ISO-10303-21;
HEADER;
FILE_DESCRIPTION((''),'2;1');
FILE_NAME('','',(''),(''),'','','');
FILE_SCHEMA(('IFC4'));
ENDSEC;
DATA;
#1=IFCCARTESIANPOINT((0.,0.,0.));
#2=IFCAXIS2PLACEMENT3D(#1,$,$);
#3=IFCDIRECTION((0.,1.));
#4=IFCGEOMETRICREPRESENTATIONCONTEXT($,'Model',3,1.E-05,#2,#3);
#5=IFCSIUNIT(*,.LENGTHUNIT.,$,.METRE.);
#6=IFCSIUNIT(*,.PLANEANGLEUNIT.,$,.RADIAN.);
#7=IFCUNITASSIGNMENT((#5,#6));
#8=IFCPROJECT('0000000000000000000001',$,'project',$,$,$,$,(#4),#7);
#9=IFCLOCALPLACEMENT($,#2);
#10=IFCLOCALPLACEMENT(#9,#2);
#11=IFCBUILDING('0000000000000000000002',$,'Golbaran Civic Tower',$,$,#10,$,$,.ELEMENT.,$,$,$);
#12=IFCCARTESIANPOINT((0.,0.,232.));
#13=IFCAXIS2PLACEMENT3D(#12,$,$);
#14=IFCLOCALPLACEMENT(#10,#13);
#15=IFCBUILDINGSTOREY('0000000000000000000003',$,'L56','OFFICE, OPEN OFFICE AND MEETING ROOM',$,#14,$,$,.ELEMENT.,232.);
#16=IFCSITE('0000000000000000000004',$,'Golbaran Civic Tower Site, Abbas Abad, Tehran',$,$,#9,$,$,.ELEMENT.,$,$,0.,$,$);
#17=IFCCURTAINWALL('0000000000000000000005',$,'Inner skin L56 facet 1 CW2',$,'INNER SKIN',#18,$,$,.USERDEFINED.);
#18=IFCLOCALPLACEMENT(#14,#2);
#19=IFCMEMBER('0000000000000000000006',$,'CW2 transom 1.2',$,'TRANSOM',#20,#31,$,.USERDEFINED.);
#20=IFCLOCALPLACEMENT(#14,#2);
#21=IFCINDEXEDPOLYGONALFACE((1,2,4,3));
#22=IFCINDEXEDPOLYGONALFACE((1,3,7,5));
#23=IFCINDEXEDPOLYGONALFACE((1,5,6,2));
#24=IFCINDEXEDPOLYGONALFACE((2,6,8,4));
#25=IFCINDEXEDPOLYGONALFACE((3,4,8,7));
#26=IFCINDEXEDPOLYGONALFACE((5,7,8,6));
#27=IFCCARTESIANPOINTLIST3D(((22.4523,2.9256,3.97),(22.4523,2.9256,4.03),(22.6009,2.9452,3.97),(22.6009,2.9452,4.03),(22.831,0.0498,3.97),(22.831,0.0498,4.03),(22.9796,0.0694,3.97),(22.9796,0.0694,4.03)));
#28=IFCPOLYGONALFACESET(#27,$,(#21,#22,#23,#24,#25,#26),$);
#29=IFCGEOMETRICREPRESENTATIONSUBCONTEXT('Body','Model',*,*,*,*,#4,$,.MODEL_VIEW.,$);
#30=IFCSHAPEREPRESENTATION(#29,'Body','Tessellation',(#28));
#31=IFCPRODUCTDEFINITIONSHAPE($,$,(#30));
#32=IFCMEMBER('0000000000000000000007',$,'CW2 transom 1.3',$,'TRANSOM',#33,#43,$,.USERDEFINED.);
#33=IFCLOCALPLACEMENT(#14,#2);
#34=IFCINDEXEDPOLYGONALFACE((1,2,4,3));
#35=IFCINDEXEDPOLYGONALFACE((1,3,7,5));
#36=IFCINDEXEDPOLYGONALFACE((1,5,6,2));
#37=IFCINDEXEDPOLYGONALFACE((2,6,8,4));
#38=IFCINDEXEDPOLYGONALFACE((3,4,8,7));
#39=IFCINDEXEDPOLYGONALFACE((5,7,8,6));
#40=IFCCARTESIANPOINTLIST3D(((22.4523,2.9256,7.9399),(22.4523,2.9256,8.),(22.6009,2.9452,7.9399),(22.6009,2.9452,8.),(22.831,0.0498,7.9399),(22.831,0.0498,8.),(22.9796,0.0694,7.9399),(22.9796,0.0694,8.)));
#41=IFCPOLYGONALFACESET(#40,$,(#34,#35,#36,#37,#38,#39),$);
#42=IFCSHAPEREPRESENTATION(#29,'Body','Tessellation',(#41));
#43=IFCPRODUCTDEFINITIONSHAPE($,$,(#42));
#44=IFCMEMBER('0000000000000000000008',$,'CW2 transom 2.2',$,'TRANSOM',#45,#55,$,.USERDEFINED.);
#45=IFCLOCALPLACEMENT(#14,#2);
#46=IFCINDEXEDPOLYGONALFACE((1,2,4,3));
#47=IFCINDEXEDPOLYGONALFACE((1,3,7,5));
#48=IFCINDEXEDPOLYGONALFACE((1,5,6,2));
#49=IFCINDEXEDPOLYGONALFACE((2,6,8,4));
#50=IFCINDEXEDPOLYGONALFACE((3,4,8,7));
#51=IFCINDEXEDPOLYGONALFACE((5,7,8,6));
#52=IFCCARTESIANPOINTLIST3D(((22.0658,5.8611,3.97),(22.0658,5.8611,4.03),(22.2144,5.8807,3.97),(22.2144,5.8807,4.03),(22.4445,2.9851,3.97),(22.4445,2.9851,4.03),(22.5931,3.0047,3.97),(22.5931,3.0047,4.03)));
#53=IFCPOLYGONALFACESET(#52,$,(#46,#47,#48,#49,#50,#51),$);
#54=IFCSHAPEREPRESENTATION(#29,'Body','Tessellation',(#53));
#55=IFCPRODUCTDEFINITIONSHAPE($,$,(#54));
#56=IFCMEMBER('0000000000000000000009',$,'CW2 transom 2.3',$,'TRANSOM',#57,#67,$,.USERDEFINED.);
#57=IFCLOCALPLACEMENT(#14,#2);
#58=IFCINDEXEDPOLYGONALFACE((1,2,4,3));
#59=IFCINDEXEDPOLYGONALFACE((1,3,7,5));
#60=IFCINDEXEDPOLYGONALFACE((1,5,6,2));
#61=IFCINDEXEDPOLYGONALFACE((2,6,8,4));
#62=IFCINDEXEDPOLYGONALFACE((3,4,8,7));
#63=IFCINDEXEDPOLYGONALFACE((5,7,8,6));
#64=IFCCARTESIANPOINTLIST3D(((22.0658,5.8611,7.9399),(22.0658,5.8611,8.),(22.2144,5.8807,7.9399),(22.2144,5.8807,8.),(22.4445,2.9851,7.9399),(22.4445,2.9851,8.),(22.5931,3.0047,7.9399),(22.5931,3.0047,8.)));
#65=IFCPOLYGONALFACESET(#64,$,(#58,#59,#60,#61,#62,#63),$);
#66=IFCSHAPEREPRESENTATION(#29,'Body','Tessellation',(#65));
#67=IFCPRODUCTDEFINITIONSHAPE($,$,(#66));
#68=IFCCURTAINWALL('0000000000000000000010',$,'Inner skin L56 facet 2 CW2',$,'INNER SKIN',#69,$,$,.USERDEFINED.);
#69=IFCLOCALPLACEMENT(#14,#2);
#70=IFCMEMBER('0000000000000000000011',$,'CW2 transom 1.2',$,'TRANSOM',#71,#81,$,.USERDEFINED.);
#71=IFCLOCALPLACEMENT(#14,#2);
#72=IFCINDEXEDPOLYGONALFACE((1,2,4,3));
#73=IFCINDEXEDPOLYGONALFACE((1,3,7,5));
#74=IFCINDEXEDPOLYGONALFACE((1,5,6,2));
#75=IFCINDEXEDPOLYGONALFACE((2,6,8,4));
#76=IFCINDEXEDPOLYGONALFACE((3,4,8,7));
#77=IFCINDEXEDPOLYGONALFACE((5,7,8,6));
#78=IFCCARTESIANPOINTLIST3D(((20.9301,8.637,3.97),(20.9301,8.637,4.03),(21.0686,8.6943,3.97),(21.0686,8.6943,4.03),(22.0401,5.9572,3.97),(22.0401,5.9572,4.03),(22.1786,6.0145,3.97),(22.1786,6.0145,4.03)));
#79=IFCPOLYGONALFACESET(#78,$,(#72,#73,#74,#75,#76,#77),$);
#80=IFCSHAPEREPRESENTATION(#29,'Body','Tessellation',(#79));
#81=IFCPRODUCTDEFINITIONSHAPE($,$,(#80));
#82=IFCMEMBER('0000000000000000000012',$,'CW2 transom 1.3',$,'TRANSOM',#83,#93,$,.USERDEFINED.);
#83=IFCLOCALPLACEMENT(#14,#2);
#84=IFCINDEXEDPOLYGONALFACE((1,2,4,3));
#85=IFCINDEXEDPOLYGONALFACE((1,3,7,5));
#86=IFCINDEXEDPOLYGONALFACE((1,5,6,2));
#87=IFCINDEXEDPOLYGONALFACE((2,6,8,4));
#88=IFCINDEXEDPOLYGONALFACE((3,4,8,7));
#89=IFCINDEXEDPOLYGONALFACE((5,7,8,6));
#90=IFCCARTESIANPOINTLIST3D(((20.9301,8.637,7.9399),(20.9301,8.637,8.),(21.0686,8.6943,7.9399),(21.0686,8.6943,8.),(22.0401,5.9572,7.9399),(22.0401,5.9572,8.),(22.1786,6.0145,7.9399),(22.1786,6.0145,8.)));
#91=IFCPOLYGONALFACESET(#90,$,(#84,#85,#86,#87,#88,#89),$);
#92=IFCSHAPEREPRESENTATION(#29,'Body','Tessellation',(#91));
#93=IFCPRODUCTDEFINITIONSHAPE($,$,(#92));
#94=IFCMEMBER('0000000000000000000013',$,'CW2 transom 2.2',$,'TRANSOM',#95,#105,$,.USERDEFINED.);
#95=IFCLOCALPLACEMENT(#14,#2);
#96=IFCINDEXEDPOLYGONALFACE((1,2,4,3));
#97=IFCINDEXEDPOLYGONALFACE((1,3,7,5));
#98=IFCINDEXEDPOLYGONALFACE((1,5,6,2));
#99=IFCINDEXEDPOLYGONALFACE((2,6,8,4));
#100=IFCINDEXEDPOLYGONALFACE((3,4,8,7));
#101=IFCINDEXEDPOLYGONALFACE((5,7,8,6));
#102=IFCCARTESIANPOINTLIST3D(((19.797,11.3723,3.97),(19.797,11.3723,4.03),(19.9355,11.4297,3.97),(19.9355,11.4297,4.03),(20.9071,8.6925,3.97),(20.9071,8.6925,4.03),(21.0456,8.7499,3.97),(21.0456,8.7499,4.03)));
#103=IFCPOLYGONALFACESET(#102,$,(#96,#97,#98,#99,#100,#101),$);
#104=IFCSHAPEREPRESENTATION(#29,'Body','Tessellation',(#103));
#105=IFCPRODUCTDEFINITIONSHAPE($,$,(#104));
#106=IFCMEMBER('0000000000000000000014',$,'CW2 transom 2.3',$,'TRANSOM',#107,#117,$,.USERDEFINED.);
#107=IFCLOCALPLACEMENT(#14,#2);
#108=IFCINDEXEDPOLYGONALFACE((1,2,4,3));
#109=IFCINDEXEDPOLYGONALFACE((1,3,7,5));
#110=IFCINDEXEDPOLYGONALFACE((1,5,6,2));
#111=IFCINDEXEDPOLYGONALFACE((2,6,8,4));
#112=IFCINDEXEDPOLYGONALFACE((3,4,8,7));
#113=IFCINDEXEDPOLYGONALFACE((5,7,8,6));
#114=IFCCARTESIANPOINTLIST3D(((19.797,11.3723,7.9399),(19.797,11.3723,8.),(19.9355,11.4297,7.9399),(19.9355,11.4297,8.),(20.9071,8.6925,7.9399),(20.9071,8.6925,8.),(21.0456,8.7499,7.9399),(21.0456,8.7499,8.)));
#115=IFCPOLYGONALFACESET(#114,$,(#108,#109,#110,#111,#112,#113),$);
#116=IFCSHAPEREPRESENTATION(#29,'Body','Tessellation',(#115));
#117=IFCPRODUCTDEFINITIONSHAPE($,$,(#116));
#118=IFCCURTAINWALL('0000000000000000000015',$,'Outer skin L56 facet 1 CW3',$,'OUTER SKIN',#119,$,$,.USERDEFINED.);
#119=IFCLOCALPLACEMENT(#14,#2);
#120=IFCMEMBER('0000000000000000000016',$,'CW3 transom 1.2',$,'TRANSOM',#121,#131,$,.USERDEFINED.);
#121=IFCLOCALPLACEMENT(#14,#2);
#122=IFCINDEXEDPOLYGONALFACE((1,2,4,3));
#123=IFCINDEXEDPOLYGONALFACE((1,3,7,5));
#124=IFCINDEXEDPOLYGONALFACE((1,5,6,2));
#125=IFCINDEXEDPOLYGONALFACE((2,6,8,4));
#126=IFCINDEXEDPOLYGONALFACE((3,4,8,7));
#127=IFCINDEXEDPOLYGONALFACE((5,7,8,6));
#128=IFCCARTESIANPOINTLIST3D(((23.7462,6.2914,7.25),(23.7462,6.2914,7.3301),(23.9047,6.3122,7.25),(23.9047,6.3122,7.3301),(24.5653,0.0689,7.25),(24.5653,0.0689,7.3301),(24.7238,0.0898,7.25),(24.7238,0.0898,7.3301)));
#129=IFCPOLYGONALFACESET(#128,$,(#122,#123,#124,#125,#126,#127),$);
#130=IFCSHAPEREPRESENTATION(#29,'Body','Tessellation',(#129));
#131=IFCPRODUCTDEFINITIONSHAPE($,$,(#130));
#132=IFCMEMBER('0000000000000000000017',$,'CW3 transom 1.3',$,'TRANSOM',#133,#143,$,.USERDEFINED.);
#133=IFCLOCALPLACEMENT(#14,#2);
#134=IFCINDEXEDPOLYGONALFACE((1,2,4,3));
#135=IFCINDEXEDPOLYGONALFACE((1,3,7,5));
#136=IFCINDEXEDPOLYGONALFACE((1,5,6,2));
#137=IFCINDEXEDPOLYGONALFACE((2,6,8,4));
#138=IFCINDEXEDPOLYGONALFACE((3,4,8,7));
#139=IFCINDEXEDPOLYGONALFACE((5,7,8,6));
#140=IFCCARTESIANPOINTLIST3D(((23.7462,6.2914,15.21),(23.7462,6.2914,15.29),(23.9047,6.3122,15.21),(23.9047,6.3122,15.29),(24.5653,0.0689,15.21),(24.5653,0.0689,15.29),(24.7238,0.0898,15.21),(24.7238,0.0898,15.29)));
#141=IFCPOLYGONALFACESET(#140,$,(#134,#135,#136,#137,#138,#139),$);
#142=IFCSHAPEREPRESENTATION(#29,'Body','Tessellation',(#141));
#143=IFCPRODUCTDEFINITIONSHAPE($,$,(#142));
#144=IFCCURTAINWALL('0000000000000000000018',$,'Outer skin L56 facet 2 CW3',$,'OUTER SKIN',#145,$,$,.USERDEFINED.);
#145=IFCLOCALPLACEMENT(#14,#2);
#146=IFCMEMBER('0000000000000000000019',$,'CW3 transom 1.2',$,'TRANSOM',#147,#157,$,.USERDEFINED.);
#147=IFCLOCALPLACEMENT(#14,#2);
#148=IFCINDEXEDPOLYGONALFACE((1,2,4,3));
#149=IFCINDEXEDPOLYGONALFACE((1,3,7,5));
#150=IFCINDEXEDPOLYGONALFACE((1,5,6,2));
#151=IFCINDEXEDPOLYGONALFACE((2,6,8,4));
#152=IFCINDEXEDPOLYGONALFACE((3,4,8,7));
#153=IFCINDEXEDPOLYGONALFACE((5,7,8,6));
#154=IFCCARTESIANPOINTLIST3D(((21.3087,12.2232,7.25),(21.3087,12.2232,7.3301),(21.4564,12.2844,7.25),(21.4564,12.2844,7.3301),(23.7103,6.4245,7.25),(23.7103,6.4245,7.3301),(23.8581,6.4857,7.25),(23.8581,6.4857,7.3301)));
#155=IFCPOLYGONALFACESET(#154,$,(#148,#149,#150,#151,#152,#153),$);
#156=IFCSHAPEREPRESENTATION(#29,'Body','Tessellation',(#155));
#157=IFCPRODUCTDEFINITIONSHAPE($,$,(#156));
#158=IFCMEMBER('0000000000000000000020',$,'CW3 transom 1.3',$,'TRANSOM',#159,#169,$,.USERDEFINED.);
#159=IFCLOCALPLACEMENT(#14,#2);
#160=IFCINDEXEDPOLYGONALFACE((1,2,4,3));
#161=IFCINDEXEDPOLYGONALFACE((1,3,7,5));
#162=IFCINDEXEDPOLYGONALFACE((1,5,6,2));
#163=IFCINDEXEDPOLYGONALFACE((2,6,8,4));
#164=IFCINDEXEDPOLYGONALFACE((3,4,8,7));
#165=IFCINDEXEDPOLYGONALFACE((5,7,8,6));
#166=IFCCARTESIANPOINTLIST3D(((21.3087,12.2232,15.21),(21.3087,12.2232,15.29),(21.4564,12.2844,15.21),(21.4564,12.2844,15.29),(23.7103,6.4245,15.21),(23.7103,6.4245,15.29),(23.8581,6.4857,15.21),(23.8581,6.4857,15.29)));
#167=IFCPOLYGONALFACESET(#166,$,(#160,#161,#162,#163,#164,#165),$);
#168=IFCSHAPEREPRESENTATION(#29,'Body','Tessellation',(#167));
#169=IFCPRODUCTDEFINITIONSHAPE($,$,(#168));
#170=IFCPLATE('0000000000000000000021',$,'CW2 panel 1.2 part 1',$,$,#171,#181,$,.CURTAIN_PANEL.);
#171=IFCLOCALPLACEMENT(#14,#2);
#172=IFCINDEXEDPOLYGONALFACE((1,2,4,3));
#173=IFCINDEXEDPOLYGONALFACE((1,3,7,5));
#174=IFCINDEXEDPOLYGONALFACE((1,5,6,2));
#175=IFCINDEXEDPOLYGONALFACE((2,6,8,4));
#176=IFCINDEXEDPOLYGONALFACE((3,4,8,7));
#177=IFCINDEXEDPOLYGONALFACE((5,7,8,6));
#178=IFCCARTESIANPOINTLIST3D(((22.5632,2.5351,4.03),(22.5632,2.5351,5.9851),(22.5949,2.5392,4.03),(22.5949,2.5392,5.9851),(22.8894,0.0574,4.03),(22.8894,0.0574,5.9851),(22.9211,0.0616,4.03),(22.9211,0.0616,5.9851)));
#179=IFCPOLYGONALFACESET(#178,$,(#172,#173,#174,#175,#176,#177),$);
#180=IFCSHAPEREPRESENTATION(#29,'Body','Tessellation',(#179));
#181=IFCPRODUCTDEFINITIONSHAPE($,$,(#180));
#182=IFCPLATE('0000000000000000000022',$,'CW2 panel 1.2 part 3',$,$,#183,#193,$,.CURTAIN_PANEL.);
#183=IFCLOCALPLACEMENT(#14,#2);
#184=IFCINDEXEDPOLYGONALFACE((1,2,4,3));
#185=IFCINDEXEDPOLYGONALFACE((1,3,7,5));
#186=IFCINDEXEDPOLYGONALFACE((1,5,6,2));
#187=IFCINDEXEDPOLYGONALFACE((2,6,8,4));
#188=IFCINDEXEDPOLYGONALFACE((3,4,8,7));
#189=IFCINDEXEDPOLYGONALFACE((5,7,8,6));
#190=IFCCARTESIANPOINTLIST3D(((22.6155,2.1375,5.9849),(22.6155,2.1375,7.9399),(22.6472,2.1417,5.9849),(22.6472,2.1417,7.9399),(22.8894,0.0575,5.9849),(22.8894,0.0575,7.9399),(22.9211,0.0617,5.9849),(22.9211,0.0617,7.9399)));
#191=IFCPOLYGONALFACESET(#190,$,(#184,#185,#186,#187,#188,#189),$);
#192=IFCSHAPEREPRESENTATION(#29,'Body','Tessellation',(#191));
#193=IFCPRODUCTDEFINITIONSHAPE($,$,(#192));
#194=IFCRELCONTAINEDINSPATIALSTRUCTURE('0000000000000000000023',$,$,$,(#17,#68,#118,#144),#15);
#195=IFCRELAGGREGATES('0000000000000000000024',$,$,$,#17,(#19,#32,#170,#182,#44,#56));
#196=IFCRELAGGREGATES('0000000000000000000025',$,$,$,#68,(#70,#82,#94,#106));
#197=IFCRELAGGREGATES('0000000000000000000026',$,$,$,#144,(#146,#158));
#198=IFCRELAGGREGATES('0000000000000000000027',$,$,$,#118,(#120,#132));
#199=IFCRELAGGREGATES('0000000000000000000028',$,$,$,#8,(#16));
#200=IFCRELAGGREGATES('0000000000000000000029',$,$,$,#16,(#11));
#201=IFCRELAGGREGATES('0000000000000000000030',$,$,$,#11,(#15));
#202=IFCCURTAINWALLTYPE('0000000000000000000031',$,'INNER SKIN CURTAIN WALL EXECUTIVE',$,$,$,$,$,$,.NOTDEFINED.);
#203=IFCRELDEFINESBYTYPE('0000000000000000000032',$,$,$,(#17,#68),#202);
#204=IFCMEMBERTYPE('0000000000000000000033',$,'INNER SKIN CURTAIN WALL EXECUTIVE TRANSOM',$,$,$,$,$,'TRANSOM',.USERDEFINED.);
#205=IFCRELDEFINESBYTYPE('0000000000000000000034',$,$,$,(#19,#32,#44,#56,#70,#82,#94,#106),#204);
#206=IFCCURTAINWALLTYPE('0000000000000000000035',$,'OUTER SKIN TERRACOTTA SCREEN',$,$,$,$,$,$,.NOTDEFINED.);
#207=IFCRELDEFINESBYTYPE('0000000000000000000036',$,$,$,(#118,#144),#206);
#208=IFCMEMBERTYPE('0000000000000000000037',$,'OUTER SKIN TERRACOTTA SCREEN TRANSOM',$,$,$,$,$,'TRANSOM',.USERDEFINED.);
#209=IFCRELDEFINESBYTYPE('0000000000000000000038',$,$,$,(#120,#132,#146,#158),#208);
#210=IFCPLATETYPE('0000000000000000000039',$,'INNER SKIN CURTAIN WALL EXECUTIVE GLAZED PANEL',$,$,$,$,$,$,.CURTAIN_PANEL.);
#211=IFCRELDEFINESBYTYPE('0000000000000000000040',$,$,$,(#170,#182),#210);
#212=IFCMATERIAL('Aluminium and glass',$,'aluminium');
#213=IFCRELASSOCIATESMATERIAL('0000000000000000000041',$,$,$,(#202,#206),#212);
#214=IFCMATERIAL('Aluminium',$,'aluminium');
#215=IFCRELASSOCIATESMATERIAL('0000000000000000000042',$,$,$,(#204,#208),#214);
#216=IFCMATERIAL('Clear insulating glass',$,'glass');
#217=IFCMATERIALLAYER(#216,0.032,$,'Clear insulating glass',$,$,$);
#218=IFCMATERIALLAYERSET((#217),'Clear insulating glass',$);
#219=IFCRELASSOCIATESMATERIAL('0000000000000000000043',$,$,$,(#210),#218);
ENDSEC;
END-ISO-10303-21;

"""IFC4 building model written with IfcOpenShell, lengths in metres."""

from ifc_helpers import new_model, si_unit, direction, frame, origin, origin_2d, place, context, subcontext, project, spatial, rectangle, extrude, material, layer, layer_set, material_profile, profile_set, type_object, element, aggregate, save


model = new_model("IFC4")

# Units and contexts
model_context = context("Model", 3, precision=1e-05, world=origin(), true_north=direction((0.0, 1.0)))
body_context = subcontext(model_context, "Body", "Model", "MODEL_VIEW")
ifc_project = project(units=[si_unit("LENGTHUNIT", "METRE"), si_unit("PLANEANGLEUNIT", "RADIAN")], contexts=[model_context])

# Site, building, storey
site_placement = place(None, origin())
site = spatial("IfcSite", under=ifc_project, at=site_placement, Name="Golbaran Civic Tower Site, Abbas Abad, Tehran", CompositionType="ELEMENT", RefElevation=0.0)
building_placement = place(site_placement, origin())
building = spatial("IfcBuilding", under=site, at=building_placement, Name="Golbaran Civic Tower", CompositionType="ELEMENT")
storey_placement = place(building_placement, frame((0.0, 0.0, 232.0)))
storey = spatial("IfcBuildingStorey", under=building, at=storey_placement, Name="L56", Description="OFFICE, OPEN OFFICE AND MEETING ROOM", CompositionType="ELEMENT", Elevation=232.0)

# Curtain walls, members
ifc_material_1 = material(Name="Aluminium and glass", Category="aluminium")
curtain_wall_type_1 = type_object("IfcCurtainWallType", Name="INNER SKIN CURTAIN WALL EXECUTIVE", PredefinedType="NOTDEFINED", material=ifc_material_1)
curtain_wall_1_placement = place(storey_placement, origin())
curtain_wall_1 = element("IfcCurtainWall", 1, at=curtain_wall_1_placement, inside=storey, type_object=curtain_wall_type_1, Name="Inner skin L56 facet 1 CW2", ObjectType="INNER SKIN", PredefinedType="USERDEFINED")
ifc_material_2 = material(Name="Aluminium", Category="aluminium")
ifc_material_profile_1 = material_profile(ifc_material_2, rectangle(XDim=0.1499, YDim=0.0601, at=origin_2d()), Name="INNER SKIN CURTAIN WALL EXECUTIVE TRANSOM")
ifc_profile_set_1 = profile_set([ifc_material_profile_1], Name="Aluminium")
member_type_1 = type_object("IfcMemberType", Name="INNER SKIN CURTAIN WALL EXECUTIVE TRANSOM", ElementType="TRANSOM", PredefinedType="USERDEFINED", material=ifc_profile_set_1)
member_1_placement = place(storey_placement, frame((22.9053, 0.0596, 4.0), z_axis=(-0.130548, 0.991442, 0.0), x_axis=(-0.991442, -0.130548, 0.0)))
member_1 = element("IfcMember", 2, at=member_1_placement, type_object=member_type_1, Name="CW2 transom 1.2", ObjectType="TRANSOM", PredefinedType="USERDEFINED", context=body_context, shape_type="SweptSolid", body=[
    extrude(rectangle(XDim=0.1499, YDim=0.0601, at=origin_2d()), origin(), (0.0, 0.0, 1.0), 2.9006),
])
member_2_placement = place(storey_placement, frame((22.9053, 0.0596, 7.97), z_axis=(-0.130548, 0.991442, 0.0), x_axis=(-0.991442, -0.130548, 0.0)))
member_2 = element("IfcMember", 3, at=member_2_placement, type_object=member_type_1, Name="CW2 transom 1.3", ObjectType="TRANSOM", PredefinedType="USERDEFINED", context=body_context, shape_type="SweptSolid", body=[
    extrude(rectangle(XDim=0.1499, YDim=0.0601, at=origin_2d()), origin(), (0.0, 0.0, 1.0), 2.9006),
])
member_3_placement = place(storey_placement, frame((22.5188, 2.9949, 4.0), z_axis=(-0.130537, 0.991443, 0.0), x_axis=(-0.991443, -0.130537, 0.0)))
member_3 = element("IfcMember", 4, at=member_3_placement, type_object=member_type_1, Name="CW2 transom 2.2", ObjectType="TRANSOM", PredefinedType="USERDEFINED", context=body_context, shape_type="SweptSolid", body=[
    extrude(rectangle(XDim=0.1499, YDim=0.0601, at=origin_2d()), origin(), (0.0, 0.0, 1.0), 2.9009),
])
member_4_placement = place(storey_placement, frame((22.5188, 2.9949, 7.97), z_axis=(-0.130537, 0.991443, 0.0), x_axis=(-0.991443, -0.130537, 0.0)))
member_4 = element("IfcMember", 5, at=member_4_placement, type_object=member_type_1, Name="CW2 transom 2.3", ObjectType="TRANSOM", PredefinedType="USERDEFINED", context=body_context, shape_type="SweptSolid", body=[
    extrude(rectangle(XDim=0.1499, YDim=0.0601, at=origin_2d()), origin(), (0.0, 0.0, 1.0), 2.9009),
])
curtain_wall_2_placement = place(storey_placement, origin())
curtain_wall_2 = element("IfcCurtainWall", 6, at=curtain_wall_2_placement, inside=storey, type_object=curtain_wall_type_1, Name="Inner skin L56 facet 2 CW2", ObjectType="INNER SKIN", PredefinedType="USERDEFINED")
member_5_placement = place(storey_placement, frame((22.1094, 5.9858, 4.0), z_axis=(-0.382696, 0.923874, 0.0), x_axis=(-0.923874, -0.382696, 0.0)))
member_5 = element("IfcMember", 7, at=member_5_placement, type_object=member_type_1, Name="CW2 transom 1.2", ObjectType="TRANSOM", PredefinedType="USERDEFINED", context=body_context, shape_type="SweptSolid", body=[
    extrude(rectangle(XDim=0.1499, YDim=0.0601, at=origin_2d()), origin(), (0.0, 0.0, 1.0), 2.9006),
])
member_6_placement = place(storey_placement, frame((22.1094, 5.9858, 7.97), z_axis=(-0.382696, 0.923874, 0.0), x_axis=(-0.923874, -0.382696, 0.0)))
member_6 = element("IfcMember", 8, at=member_6_placement, type_object=member_type_1, Name="CW2 transom 1.3", ObjectType="TRANSOM", PredefinedType="USERDEFINED", context=body_context, shape_type="SweptSolid", body=[
    extrude(rectangle(XDim=0.1499, YDim=0.0601, at=origin_2d()), origin(), (0.0, 0.0, 1.0), 2.9006),
])
member_7_placement = place(storey_placement, frame((20.9763, 8.7212, 4.0), z_axis=(-0.382696, 0.923874, 0.0), x_axis=(-0.923874, -0.382696, 0.0)))
member_7 = element("IfcMember", 9, at=member_7_placement, type_object=member_type_1, Name="CW2 transom 2.2", ObjectType="TRANSOM", PredefinedType="USERDEFINED", context=body_context, shape_type="SweptSolid", body=[
    extrude(rectangle(XDim=0.1499, YDim=0.0601, at=origin_2d()), origin(), (0.0, 0.0, 1.0), 2.9006),
])
member_8_placement = place(storey_placement, frame((20.9763, 8.7212, 7.97), z_axis=(-0.382696, 0.923874, 0.0), x_axis=(-0.923874, -0.382696, 0.0)))
member_8 = element("IfcMember", 10, at=member_8_placement, type_object=member_type_1, Name="CW2 transom 2.3", ObjectType="TRANSOM", PredefinedType="USERDEFINED", context=body_context, shape_type="SweptSolid", body=[
    extrude(rectangle(XDim=0.1499, YDim=0.0601, at=origin_2d()), origin(), (0.0, 0.0, 1.0), 2.9006),
])
curtain_wall_type_2 = type_object("IfcCurtainWallType", Name="OUTER SKIN TERRACOTTA SCREEN", PredefinedType="NOTDEFINED", material=ifc_material_1)
curtain_wall_3_placement = place(storey_placement, origin())
curtain_wall_3 = element("IfcCurtainWall", 11, at=curtain_wall_3_placement, inside=storey, type_object=curtain_wall_type_2, Name="Outer skin L56 facet 1 CW3", ObjectType="OUTER SKIN", PredefinedType="USERDEFINED")
ifc_material_profile_2 = material_profile(ifc_material_2, rectangle(XDim=0.1599, YDim=0.0801, at=origin_2d()), Name="OUTER SKIN TERRACOTTA SCREEN TRANSOM")
ifc_profile_set_2 = profile_set([ifc_material_profile_2], Name="Aluminium")
member_type_2 = type_object("IfcMemberType", Name="OUTER SKIN TERRACOTTA SCREEN TRANSOM", ElementType="TRANSOM", PredefinedType="USERDEFINED", material=ifc_profile_set_2)
member_9_placement = place(storey_placement, frame((24.6445, 0.0793, 7.29), z_axis=(-0.13051, 0.991447, 0.0), x_axis=(-0.991447, -0.13051, 0.0)))
member_9 = element("IfcMember", 12, at=member_9_placement, type_object=member_type_2, Name="CW3 transom 1.2", ObjectType="TRANSOM", PredefinedType="USERDEFINED", context=body_context, shape_type="SweptSolid", body=[
    extrude(rectangle(XDim=0.1599, YDim=0.0801, at=origin_2d()), origin(), (0.0, 0.0, 1.0), 6.2761),
])
member_10_placement = place(storey_placement, frame((24.6445, 0.0793, 15.25), z_axis=(-0.13051, 0.991447, 0.0), x_axis=(-0.991447, -0.13051, 0.0)))
member_10 = element("IfcMember", 13, at=member_10_placement, type_object=member_type_2, Name="CW3 transom 1.3", ObjectType="TRANSOM", PredefinedType="USERDEFINED", context=body_context, shape_type="SweptSolid", body=[
    extrude(rectangle(XDim=0.1599, YDim=0.0801, at=origin_2d()), origin(), (0.0, 0.0, 1.0), 6.2761),
])
curtain_wall_4_placement = place(storey_placement, origin())
curtain_wall_4 = element("IfcCurtainWall", 14, at=curtain_wall_4_placement, inside=storey, type_object=curtain_wall_type_2, Name="Outer skin L56 facet 2 CW3", ObjectType="OUTER SKIN", PredefinedType="USERDEFINED")
member_11_placement = place(storey_placement, frame((23.7842, 6.4551, 7.29), z_axis=(-0.382651, 0.923893, 0.0), x_axis=(-0.923893, -0.382651, 0.0)))
member_11 = element("IfcMember", 15, at=member_11_placement, type_object=member_type_2, Name="CW3 transom 1.2", ObjectType="TRANSOM", PredefinedType="USERDEFINED", context=body_context, shape_type="SweptSolid", body=[
    extrude(rectangle(XDim=0.1599, YDim=0.0801, at=origin_2d()), origin(), (0.0, 0.0, 1.0), 6.2764),
])
member_12_placement = place(storey_placement, frame((23.7842, 6.4551, 15.25), z_axis=(-0.382651, 0.923893, 0.0), x_axis=(-0.923893, -0.382651, 0.0)))
member_12 = element("IfcMember", 16, at=member_12_placement, type_object=member_type_2, Name="CW3 transom 1.3", ObjectType="TRANSOM", PredefinedType="USERDEFINED", context=body_context, shape_type="SweptSolid", body=[
    extrude(rectangle(XDim=0.1599, YDim=0.0801, at=origin_2d()), origin(), (0.0, 0.0, 1.0), 6.2764),
])

# Plates
ifc_material_3 = material(Name="Clear insulating glass", Category="glass")
ifc_layer_1 = layer(ifc_material_3, 0.032, Name="Clear insulating glass")
ifc_layer_set_1 = layer_set([ifc_layer_1], Name="Clear insulating glass")
plate_type_1 = type_object("IfcPlateType", Name="INNER SKIN CURTAIN WALL EXECUTIVE GLAZED PANEL", PredefinedType="CURTAIN_PANEL", material=ifc_layer_set_1)
plate_1_placement = place(storey_placement, frame((22.7422, 1.2983, 4.03), z_axis=(0.0, 0.0, 1.0), x_axis=(-0.130526, 0.991445, 0.0)))
plate_1 = element("IfcPlate", 17, at=plate_1_placement, type_object=plate_type_1, Name="CW2 panel 1.2 part 1", PredefinedType="CURTAIN_PANEL", context=body_context, shape_type="SweptSolid", body=[
    extrude(rectangle(XDim=2.499, YDim=0.032, at=origin_2d()), origin(), (0.0, 0.0, 1.0), 1.9551),
])
plate_2_placement = place(storey_placement, frame((22.7683, 1.0996, 5.9849), z_axis=(0.0, 0.0, 1.0), x_axis=(-0.130526, 0.991445, 0.0)))
plate_2 = element("IfcPlate", 18, at=plate_2_placement, type_object=plate_type_1, Name="CW2 panel 1.2 part 3", PredefinedType="CURTAIN_PANEL", context=body_context, shape_type="SweptSolid", body=[
    extrude(rectangle(XDim=2.0979, YDim=0.032, at=origin_2d()), origin(), (0.0, 0.0, 1.0), 1.9551),
])
aggregate(curtain_wall_1, [member_1, member_2, plate_1, plate_2, member_3, member_4])
aggregate(curtain_wall_2, [member_5, member_6, member_7, member_8])
aggregate(curtain_wall_4, [member_11, member_12])
aggregate(curtain_wall_3, [member_9, member_10])

save(model, "model.ifc")
